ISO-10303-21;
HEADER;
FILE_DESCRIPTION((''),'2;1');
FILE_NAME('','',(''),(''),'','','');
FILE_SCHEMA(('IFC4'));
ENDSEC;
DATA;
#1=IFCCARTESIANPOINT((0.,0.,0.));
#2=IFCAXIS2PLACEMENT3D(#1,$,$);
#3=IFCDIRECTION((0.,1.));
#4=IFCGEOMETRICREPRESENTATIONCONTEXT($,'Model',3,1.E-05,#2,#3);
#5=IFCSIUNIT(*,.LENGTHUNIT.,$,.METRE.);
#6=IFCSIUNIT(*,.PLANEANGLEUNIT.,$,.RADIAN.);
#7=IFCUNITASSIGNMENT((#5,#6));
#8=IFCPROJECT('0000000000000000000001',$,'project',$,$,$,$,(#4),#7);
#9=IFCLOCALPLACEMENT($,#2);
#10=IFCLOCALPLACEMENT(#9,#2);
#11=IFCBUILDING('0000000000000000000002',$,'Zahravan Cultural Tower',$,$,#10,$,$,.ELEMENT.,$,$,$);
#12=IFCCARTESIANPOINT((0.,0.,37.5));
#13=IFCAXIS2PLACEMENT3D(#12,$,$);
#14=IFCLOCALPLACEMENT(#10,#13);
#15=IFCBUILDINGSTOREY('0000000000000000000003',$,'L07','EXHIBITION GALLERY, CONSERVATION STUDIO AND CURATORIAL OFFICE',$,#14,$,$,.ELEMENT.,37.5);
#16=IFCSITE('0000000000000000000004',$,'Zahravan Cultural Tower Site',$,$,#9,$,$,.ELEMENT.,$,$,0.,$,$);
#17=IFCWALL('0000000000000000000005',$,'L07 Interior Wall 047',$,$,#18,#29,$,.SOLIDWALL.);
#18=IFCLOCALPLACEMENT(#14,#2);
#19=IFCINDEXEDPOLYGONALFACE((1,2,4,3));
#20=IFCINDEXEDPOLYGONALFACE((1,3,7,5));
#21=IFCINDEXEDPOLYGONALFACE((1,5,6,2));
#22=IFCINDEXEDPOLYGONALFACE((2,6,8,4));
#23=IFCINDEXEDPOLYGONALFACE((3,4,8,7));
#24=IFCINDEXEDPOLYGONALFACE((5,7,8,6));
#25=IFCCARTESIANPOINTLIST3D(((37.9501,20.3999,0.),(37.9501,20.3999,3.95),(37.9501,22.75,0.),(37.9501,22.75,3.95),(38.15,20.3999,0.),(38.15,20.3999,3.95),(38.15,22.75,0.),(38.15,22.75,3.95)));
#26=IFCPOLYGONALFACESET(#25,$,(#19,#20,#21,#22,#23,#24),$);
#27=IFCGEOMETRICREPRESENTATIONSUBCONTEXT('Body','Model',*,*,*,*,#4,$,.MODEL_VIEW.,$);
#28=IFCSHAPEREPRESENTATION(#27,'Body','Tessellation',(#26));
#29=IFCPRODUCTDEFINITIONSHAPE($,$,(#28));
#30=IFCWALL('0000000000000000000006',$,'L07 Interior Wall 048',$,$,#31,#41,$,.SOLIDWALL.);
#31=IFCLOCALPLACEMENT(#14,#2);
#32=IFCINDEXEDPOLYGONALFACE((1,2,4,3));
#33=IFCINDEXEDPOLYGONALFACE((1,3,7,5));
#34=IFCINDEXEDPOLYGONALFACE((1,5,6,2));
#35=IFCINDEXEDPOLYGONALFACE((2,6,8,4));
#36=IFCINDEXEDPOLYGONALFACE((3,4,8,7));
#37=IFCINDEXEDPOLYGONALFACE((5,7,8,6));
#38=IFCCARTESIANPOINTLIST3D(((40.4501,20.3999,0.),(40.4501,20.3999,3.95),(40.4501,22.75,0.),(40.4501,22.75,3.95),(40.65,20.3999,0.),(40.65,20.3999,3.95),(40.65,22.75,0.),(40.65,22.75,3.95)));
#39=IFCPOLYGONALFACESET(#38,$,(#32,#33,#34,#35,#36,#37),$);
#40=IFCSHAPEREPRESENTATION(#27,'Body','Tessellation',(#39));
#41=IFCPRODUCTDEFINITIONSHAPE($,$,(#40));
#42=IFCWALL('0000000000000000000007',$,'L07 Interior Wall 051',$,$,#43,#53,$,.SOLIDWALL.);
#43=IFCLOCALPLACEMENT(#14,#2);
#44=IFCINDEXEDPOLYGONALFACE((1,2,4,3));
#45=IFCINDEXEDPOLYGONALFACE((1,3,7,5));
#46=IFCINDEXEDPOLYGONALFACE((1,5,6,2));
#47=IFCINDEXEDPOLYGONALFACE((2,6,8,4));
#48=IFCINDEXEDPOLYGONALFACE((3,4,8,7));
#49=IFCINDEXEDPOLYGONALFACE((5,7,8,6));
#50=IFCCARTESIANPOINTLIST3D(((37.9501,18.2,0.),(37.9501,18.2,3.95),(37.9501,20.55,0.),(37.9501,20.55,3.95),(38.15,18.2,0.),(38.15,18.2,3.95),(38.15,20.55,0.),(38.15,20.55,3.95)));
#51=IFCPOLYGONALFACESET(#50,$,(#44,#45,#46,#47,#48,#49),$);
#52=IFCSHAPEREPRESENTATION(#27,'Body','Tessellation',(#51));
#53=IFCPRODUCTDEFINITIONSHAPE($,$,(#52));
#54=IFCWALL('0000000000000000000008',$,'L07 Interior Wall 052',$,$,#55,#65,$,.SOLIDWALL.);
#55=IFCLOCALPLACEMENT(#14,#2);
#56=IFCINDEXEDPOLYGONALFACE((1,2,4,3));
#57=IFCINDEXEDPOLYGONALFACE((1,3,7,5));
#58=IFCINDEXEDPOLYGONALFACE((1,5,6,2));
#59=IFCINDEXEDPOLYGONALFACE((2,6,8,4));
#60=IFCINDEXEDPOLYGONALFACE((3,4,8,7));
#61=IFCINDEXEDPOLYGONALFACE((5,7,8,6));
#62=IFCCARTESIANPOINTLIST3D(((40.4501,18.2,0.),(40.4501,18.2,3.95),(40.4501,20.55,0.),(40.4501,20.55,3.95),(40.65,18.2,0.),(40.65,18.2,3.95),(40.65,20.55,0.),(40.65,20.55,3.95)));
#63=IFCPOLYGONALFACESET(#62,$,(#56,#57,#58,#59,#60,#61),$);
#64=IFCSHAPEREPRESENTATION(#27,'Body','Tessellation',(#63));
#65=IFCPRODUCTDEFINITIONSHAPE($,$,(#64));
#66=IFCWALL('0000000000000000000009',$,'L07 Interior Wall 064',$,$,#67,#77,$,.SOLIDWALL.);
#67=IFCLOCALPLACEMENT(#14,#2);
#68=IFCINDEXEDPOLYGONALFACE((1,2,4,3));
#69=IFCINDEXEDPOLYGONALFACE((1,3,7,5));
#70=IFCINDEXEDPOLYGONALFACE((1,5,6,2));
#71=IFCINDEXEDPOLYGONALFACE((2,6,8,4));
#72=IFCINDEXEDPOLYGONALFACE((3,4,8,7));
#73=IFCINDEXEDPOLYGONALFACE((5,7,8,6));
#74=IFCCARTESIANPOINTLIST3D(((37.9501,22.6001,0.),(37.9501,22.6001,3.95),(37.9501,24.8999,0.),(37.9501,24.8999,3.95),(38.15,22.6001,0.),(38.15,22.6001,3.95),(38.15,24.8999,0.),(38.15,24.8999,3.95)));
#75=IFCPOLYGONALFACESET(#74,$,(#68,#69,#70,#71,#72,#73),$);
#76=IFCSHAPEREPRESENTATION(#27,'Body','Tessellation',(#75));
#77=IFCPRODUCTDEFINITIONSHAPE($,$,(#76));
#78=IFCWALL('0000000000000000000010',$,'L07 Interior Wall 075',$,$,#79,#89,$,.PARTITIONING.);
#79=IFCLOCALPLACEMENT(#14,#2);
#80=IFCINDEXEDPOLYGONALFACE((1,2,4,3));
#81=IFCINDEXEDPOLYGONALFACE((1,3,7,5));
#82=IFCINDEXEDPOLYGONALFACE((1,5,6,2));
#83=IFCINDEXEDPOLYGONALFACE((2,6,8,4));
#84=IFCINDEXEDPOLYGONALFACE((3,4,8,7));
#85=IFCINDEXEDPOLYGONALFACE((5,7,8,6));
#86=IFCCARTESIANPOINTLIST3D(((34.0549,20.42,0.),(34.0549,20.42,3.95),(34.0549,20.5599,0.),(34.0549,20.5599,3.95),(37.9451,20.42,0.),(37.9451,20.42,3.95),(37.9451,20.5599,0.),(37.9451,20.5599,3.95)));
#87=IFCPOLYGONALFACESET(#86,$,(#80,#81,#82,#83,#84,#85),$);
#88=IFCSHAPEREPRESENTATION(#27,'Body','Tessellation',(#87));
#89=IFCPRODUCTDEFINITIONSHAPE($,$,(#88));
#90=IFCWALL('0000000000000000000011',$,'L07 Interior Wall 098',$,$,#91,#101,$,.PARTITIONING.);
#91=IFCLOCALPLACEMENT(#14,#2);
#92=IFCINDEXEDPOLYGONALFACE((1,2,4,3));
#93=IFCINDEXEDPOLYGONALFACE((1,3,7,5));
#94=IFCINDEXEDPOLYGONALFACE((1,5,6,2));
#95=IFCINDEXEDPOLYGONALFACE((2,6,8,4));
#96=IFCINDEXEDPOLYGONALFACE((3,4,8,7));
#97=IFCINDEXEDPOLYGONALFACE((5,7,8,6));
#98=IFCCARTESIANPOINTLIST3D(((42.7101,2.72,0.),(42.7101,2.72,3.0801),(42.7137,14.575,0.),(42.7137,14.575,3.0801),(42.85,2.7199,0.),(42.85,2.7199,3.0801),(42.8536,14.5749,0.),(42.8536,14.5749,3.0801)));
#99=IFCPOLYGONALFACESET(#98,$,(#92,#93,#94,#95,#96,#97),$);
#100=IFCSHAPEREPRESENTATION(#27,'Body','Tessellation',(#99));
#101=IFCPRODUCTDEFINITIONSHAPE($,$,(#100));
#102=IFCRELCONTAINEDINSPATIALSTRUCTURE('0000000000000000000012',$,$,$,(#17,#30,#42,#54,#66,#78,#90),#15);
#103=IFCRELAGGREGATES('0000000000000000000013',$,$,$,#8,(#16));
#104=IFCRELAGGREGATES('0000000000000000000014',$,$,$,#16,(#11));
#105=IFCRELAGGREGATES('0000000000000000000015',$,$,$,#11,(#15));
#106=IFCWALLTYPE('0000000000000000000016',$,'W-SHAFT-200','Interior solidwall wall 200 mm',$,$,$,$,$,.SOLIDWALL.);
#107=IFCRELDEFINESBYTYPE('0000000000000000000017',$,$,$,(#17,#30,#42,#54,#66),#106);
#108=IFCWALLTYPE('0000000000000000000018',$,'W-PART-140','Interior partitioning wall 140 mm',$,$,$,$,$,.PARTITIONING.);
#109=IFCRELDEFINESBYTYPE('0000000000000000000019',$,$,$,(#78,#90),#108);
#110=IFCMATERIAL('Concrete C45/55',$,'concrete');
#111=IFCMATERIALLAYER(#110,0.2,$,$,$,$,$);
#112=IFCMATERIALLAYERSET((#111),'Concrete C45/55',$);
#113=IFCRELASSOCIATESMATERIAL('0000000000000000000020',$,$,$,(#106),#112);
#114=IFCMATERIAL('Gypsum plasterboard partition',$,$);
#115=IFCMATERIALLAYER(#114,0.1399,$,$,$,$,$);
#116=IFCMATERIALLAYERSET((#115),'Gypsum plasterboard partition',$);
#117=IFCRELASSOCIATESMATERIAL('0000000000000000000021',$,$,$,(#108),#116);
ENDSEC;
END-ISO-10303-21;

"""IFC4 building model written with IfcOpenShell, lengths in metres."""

from ifc_helpers import new_model, si_unit, direction, frame, frame_2d, origin, place, context, subcontext, project, spatial, rectangle, extrude, source, transform, mapped, material, layer, layer_set, type_object, element, save


model = new_model("IFC4")

# Units and contexts
model_context = context("Model", 3, precision=1e-05, world=origin(), true_north=direction((0.0, 1.0)))
body_context = subcontext(model_context, "Body", "Model", "MODEL_VIEW")
ifc_project = project(units=[si_unit("LENGTHUNIT", "METRE"), si_unit("PLANEANGLEUNIT", "RADIAN")], contexts=[model_context])

# Site, building, storey
site_placement = place(None, origin())
site = spatial("IfcSite", under=ifc_project, at=site_placement, Name="Zahravan Cultural Tower Site", CompositionType="ELEMENT", RefElevation=0.0)
building_placement = place(site_placement, origin())
building = spatial("IfcBuilding", under=site, at=building_placement, Name="Zahravan Cultural Tower", CompositionType="ELEMENT")
storey_placement = place(building_placement, frame((0.0, 0.0, 37.5)))
storey = spatial("IfcBuildingStorey", under=building, at=storey_placement, Name="L07", Description="EXHIBITION GALLERY, CONSERVATION STUDIO AND CURATORIAL OFFICE", CompositionType="ELEMENT", Elevation=37.5)

# Shared definitions
ifc_material_1 = material(Name="Concrete C45/55", Category="concrete")
ifc_layer_1 = layer(ifc_material_1, 0.2)
ifc_layer_set_1 = layer_set([ifc_layer_1], Name="Concrete C45/55")
wall_type_1 = type_object("IfcWallType", Name="W-SHAFT-200", Description="Interior solidwall wall 200 mm", PredefinedType="SOLIDWALL", material=ifc_layer_set_1)

# Walls
shared_shape_1 = source(origin(), body_context, "Body", "SweptSolid", [
    extrude(rectangle(XDim=2.3501, YDim=0.2, at=frame_2d((1.175, 0.0))), origin(), (0.0, 0.0, 1.0), 3.95),
])
for number, where, z_axis, x_axis, name in (
    (1, (38.05, 20.3999, 0.0), (0.0, 0.0, 1.0), (0.0, 1.0, 0.0), "L07 Interior Wall 047"),
    (2, (40.55, 20.3999, 0.0), (0.0, 0.0, 1.0), (0.0, 1.0, 0.0), "L07 Interior Wall 048"),
    (3, (38.05, 18.2, 0.0), (0.0, 0.0, 1.0), (0.0, 1.0, 0.0), "L07 Interior Wall 051"),
    (4, (40.55, 18.2, 0.0), (0.0, 0.0, 1.0), (0.0, 1.0, 0.0), "L07 Interior Wall 052"),
):
    element("IfcWall", number, at=place(storey_placement, frame(where, z_axis=z_axis, x_axis=x_axis)), inside=storey, type_object=wall_type_1, Name=name, PredefinedType="SOLIDWALL", context=body_context, shape_type="MappedRepresentation", body=[
        mapped(shared_shape_1, transform((0.0, 0.0, 0.0), x_axis=(1.0, 0.0, 0.0), y_axis=(0.0, 1.0, 0.0), z_axis=(0.0, 0.0, 1.0), scale=1.0)),
    ])
shared_shape_2 = source(origin(), body_context, "Body", "SweptSolid", [
    extrude(rectangle(XDim=2.2998, YDim=0.2, at=frame_2d((1.1499, 0.0))), origin(), (0.0, 0.0, 1.0), 3.95),
])
wall_1_placement = place(storey_placement, frame((38.05, 22.6001, 0.0), z_axis=(0.0, 0.0, 1.0), x_axis=(0.0, 1.0, 0.0)))
element("IfcWall", 5, at=wall_1_placement, inside=storey, type_object=wall_type_1, Name="L07 Interior Wall 064", PredefinedType="SOLIDWALL", context=body_context, shape_type="MappedRepresentation", body=[
    mapped(shared_shape_2, transform((0.0, 0.0, 0.0), x_axis=(1.0, 0.0, 0.0), y_axis=(0.0, 1.0, 0.0), z_axis=(0.0, 0.0, 1.0), scale=1.0)),
])
ifc_material_2 = material(Name="Gypsum plasterboard partition")
ifc_layer_2 = layer(ifc_material_2, 0.1399)
ifc_layer_set_2 = layer_set([ifc_layer_2], Name="Gypsum plasterboard partition")
wall_type_2 = type_object("IfcWallType", Name="W-PART-140", Description="Interior partitioning wall 140 mm", PredefinedType="PARTITIONING", material=ifc_layer_set_2)
shared_shape_3 = source(origin(), body_context, "Body", "SweptSolid", [
    extrude(rectangle(XDim=3.8901, YDim=0.1399, at=frame_2d((1.9451, 0.0))), origin(), (0.0, 0.0, 1.0), 3.95),
])
wall_2_placement = place(storey_placement, frame((37.9451, 20.49, 0.0), z_axis=(0.0, 0.0, 1.0), x_axis=(-1.0, 0.0, 0.0)))
element("IfcWall", 6, at=wall_2_placement, inside=storey, type_object=wall_type_2, Name="L07 Interior Wall 075", PredefinedType="PARTITIONING", context=body_context, shape_type="MappedRepresentation", body=[
    mapped(shared_shape_3, transform((0.0, 0.0, 0.0), x_axis=(1.0, 0.0, 0.0), y_axis=(0.0, 1.0, 0.0), z_axis=(0.0, 0.0, 1.0), scale=1.0)),
])
shared_shape_4 = source(origin(), body_context, "Body", "SweptSolid", [
    extrude(rectangle(XDim=11.855, YDim=0.1399, at=frame_2d((5.9275, 0.0))), origin(), (0.0, 0.0, 1.0), 3.0801),
])
wall_3_placement = place(storey_placement, frame((42.7837, 14.575, 0.0), z_axis=(0.0, 0.0, 1.0), x_axis=(-0.000309, -1.0, 0.0)))
element("IfcWall", 7, at=wall_3_placement, inside=storey, type_object=wall_type_2, Name="L07 Interior Wall 098", PredefinedType="PARTITIONING", context=body_context, shape_type="MappedRepresentation", body=[
    mapped(shared_shape_4, transform((0.0, 0.0, 0.0), x_axis=(1.0, 0.0, 0.0), y_axis=(0.0, 1.0, 0.0), z_axis=(0.0, 0.0, 1.0), scale=1.0)),
])

save(model, "model.ifc")
